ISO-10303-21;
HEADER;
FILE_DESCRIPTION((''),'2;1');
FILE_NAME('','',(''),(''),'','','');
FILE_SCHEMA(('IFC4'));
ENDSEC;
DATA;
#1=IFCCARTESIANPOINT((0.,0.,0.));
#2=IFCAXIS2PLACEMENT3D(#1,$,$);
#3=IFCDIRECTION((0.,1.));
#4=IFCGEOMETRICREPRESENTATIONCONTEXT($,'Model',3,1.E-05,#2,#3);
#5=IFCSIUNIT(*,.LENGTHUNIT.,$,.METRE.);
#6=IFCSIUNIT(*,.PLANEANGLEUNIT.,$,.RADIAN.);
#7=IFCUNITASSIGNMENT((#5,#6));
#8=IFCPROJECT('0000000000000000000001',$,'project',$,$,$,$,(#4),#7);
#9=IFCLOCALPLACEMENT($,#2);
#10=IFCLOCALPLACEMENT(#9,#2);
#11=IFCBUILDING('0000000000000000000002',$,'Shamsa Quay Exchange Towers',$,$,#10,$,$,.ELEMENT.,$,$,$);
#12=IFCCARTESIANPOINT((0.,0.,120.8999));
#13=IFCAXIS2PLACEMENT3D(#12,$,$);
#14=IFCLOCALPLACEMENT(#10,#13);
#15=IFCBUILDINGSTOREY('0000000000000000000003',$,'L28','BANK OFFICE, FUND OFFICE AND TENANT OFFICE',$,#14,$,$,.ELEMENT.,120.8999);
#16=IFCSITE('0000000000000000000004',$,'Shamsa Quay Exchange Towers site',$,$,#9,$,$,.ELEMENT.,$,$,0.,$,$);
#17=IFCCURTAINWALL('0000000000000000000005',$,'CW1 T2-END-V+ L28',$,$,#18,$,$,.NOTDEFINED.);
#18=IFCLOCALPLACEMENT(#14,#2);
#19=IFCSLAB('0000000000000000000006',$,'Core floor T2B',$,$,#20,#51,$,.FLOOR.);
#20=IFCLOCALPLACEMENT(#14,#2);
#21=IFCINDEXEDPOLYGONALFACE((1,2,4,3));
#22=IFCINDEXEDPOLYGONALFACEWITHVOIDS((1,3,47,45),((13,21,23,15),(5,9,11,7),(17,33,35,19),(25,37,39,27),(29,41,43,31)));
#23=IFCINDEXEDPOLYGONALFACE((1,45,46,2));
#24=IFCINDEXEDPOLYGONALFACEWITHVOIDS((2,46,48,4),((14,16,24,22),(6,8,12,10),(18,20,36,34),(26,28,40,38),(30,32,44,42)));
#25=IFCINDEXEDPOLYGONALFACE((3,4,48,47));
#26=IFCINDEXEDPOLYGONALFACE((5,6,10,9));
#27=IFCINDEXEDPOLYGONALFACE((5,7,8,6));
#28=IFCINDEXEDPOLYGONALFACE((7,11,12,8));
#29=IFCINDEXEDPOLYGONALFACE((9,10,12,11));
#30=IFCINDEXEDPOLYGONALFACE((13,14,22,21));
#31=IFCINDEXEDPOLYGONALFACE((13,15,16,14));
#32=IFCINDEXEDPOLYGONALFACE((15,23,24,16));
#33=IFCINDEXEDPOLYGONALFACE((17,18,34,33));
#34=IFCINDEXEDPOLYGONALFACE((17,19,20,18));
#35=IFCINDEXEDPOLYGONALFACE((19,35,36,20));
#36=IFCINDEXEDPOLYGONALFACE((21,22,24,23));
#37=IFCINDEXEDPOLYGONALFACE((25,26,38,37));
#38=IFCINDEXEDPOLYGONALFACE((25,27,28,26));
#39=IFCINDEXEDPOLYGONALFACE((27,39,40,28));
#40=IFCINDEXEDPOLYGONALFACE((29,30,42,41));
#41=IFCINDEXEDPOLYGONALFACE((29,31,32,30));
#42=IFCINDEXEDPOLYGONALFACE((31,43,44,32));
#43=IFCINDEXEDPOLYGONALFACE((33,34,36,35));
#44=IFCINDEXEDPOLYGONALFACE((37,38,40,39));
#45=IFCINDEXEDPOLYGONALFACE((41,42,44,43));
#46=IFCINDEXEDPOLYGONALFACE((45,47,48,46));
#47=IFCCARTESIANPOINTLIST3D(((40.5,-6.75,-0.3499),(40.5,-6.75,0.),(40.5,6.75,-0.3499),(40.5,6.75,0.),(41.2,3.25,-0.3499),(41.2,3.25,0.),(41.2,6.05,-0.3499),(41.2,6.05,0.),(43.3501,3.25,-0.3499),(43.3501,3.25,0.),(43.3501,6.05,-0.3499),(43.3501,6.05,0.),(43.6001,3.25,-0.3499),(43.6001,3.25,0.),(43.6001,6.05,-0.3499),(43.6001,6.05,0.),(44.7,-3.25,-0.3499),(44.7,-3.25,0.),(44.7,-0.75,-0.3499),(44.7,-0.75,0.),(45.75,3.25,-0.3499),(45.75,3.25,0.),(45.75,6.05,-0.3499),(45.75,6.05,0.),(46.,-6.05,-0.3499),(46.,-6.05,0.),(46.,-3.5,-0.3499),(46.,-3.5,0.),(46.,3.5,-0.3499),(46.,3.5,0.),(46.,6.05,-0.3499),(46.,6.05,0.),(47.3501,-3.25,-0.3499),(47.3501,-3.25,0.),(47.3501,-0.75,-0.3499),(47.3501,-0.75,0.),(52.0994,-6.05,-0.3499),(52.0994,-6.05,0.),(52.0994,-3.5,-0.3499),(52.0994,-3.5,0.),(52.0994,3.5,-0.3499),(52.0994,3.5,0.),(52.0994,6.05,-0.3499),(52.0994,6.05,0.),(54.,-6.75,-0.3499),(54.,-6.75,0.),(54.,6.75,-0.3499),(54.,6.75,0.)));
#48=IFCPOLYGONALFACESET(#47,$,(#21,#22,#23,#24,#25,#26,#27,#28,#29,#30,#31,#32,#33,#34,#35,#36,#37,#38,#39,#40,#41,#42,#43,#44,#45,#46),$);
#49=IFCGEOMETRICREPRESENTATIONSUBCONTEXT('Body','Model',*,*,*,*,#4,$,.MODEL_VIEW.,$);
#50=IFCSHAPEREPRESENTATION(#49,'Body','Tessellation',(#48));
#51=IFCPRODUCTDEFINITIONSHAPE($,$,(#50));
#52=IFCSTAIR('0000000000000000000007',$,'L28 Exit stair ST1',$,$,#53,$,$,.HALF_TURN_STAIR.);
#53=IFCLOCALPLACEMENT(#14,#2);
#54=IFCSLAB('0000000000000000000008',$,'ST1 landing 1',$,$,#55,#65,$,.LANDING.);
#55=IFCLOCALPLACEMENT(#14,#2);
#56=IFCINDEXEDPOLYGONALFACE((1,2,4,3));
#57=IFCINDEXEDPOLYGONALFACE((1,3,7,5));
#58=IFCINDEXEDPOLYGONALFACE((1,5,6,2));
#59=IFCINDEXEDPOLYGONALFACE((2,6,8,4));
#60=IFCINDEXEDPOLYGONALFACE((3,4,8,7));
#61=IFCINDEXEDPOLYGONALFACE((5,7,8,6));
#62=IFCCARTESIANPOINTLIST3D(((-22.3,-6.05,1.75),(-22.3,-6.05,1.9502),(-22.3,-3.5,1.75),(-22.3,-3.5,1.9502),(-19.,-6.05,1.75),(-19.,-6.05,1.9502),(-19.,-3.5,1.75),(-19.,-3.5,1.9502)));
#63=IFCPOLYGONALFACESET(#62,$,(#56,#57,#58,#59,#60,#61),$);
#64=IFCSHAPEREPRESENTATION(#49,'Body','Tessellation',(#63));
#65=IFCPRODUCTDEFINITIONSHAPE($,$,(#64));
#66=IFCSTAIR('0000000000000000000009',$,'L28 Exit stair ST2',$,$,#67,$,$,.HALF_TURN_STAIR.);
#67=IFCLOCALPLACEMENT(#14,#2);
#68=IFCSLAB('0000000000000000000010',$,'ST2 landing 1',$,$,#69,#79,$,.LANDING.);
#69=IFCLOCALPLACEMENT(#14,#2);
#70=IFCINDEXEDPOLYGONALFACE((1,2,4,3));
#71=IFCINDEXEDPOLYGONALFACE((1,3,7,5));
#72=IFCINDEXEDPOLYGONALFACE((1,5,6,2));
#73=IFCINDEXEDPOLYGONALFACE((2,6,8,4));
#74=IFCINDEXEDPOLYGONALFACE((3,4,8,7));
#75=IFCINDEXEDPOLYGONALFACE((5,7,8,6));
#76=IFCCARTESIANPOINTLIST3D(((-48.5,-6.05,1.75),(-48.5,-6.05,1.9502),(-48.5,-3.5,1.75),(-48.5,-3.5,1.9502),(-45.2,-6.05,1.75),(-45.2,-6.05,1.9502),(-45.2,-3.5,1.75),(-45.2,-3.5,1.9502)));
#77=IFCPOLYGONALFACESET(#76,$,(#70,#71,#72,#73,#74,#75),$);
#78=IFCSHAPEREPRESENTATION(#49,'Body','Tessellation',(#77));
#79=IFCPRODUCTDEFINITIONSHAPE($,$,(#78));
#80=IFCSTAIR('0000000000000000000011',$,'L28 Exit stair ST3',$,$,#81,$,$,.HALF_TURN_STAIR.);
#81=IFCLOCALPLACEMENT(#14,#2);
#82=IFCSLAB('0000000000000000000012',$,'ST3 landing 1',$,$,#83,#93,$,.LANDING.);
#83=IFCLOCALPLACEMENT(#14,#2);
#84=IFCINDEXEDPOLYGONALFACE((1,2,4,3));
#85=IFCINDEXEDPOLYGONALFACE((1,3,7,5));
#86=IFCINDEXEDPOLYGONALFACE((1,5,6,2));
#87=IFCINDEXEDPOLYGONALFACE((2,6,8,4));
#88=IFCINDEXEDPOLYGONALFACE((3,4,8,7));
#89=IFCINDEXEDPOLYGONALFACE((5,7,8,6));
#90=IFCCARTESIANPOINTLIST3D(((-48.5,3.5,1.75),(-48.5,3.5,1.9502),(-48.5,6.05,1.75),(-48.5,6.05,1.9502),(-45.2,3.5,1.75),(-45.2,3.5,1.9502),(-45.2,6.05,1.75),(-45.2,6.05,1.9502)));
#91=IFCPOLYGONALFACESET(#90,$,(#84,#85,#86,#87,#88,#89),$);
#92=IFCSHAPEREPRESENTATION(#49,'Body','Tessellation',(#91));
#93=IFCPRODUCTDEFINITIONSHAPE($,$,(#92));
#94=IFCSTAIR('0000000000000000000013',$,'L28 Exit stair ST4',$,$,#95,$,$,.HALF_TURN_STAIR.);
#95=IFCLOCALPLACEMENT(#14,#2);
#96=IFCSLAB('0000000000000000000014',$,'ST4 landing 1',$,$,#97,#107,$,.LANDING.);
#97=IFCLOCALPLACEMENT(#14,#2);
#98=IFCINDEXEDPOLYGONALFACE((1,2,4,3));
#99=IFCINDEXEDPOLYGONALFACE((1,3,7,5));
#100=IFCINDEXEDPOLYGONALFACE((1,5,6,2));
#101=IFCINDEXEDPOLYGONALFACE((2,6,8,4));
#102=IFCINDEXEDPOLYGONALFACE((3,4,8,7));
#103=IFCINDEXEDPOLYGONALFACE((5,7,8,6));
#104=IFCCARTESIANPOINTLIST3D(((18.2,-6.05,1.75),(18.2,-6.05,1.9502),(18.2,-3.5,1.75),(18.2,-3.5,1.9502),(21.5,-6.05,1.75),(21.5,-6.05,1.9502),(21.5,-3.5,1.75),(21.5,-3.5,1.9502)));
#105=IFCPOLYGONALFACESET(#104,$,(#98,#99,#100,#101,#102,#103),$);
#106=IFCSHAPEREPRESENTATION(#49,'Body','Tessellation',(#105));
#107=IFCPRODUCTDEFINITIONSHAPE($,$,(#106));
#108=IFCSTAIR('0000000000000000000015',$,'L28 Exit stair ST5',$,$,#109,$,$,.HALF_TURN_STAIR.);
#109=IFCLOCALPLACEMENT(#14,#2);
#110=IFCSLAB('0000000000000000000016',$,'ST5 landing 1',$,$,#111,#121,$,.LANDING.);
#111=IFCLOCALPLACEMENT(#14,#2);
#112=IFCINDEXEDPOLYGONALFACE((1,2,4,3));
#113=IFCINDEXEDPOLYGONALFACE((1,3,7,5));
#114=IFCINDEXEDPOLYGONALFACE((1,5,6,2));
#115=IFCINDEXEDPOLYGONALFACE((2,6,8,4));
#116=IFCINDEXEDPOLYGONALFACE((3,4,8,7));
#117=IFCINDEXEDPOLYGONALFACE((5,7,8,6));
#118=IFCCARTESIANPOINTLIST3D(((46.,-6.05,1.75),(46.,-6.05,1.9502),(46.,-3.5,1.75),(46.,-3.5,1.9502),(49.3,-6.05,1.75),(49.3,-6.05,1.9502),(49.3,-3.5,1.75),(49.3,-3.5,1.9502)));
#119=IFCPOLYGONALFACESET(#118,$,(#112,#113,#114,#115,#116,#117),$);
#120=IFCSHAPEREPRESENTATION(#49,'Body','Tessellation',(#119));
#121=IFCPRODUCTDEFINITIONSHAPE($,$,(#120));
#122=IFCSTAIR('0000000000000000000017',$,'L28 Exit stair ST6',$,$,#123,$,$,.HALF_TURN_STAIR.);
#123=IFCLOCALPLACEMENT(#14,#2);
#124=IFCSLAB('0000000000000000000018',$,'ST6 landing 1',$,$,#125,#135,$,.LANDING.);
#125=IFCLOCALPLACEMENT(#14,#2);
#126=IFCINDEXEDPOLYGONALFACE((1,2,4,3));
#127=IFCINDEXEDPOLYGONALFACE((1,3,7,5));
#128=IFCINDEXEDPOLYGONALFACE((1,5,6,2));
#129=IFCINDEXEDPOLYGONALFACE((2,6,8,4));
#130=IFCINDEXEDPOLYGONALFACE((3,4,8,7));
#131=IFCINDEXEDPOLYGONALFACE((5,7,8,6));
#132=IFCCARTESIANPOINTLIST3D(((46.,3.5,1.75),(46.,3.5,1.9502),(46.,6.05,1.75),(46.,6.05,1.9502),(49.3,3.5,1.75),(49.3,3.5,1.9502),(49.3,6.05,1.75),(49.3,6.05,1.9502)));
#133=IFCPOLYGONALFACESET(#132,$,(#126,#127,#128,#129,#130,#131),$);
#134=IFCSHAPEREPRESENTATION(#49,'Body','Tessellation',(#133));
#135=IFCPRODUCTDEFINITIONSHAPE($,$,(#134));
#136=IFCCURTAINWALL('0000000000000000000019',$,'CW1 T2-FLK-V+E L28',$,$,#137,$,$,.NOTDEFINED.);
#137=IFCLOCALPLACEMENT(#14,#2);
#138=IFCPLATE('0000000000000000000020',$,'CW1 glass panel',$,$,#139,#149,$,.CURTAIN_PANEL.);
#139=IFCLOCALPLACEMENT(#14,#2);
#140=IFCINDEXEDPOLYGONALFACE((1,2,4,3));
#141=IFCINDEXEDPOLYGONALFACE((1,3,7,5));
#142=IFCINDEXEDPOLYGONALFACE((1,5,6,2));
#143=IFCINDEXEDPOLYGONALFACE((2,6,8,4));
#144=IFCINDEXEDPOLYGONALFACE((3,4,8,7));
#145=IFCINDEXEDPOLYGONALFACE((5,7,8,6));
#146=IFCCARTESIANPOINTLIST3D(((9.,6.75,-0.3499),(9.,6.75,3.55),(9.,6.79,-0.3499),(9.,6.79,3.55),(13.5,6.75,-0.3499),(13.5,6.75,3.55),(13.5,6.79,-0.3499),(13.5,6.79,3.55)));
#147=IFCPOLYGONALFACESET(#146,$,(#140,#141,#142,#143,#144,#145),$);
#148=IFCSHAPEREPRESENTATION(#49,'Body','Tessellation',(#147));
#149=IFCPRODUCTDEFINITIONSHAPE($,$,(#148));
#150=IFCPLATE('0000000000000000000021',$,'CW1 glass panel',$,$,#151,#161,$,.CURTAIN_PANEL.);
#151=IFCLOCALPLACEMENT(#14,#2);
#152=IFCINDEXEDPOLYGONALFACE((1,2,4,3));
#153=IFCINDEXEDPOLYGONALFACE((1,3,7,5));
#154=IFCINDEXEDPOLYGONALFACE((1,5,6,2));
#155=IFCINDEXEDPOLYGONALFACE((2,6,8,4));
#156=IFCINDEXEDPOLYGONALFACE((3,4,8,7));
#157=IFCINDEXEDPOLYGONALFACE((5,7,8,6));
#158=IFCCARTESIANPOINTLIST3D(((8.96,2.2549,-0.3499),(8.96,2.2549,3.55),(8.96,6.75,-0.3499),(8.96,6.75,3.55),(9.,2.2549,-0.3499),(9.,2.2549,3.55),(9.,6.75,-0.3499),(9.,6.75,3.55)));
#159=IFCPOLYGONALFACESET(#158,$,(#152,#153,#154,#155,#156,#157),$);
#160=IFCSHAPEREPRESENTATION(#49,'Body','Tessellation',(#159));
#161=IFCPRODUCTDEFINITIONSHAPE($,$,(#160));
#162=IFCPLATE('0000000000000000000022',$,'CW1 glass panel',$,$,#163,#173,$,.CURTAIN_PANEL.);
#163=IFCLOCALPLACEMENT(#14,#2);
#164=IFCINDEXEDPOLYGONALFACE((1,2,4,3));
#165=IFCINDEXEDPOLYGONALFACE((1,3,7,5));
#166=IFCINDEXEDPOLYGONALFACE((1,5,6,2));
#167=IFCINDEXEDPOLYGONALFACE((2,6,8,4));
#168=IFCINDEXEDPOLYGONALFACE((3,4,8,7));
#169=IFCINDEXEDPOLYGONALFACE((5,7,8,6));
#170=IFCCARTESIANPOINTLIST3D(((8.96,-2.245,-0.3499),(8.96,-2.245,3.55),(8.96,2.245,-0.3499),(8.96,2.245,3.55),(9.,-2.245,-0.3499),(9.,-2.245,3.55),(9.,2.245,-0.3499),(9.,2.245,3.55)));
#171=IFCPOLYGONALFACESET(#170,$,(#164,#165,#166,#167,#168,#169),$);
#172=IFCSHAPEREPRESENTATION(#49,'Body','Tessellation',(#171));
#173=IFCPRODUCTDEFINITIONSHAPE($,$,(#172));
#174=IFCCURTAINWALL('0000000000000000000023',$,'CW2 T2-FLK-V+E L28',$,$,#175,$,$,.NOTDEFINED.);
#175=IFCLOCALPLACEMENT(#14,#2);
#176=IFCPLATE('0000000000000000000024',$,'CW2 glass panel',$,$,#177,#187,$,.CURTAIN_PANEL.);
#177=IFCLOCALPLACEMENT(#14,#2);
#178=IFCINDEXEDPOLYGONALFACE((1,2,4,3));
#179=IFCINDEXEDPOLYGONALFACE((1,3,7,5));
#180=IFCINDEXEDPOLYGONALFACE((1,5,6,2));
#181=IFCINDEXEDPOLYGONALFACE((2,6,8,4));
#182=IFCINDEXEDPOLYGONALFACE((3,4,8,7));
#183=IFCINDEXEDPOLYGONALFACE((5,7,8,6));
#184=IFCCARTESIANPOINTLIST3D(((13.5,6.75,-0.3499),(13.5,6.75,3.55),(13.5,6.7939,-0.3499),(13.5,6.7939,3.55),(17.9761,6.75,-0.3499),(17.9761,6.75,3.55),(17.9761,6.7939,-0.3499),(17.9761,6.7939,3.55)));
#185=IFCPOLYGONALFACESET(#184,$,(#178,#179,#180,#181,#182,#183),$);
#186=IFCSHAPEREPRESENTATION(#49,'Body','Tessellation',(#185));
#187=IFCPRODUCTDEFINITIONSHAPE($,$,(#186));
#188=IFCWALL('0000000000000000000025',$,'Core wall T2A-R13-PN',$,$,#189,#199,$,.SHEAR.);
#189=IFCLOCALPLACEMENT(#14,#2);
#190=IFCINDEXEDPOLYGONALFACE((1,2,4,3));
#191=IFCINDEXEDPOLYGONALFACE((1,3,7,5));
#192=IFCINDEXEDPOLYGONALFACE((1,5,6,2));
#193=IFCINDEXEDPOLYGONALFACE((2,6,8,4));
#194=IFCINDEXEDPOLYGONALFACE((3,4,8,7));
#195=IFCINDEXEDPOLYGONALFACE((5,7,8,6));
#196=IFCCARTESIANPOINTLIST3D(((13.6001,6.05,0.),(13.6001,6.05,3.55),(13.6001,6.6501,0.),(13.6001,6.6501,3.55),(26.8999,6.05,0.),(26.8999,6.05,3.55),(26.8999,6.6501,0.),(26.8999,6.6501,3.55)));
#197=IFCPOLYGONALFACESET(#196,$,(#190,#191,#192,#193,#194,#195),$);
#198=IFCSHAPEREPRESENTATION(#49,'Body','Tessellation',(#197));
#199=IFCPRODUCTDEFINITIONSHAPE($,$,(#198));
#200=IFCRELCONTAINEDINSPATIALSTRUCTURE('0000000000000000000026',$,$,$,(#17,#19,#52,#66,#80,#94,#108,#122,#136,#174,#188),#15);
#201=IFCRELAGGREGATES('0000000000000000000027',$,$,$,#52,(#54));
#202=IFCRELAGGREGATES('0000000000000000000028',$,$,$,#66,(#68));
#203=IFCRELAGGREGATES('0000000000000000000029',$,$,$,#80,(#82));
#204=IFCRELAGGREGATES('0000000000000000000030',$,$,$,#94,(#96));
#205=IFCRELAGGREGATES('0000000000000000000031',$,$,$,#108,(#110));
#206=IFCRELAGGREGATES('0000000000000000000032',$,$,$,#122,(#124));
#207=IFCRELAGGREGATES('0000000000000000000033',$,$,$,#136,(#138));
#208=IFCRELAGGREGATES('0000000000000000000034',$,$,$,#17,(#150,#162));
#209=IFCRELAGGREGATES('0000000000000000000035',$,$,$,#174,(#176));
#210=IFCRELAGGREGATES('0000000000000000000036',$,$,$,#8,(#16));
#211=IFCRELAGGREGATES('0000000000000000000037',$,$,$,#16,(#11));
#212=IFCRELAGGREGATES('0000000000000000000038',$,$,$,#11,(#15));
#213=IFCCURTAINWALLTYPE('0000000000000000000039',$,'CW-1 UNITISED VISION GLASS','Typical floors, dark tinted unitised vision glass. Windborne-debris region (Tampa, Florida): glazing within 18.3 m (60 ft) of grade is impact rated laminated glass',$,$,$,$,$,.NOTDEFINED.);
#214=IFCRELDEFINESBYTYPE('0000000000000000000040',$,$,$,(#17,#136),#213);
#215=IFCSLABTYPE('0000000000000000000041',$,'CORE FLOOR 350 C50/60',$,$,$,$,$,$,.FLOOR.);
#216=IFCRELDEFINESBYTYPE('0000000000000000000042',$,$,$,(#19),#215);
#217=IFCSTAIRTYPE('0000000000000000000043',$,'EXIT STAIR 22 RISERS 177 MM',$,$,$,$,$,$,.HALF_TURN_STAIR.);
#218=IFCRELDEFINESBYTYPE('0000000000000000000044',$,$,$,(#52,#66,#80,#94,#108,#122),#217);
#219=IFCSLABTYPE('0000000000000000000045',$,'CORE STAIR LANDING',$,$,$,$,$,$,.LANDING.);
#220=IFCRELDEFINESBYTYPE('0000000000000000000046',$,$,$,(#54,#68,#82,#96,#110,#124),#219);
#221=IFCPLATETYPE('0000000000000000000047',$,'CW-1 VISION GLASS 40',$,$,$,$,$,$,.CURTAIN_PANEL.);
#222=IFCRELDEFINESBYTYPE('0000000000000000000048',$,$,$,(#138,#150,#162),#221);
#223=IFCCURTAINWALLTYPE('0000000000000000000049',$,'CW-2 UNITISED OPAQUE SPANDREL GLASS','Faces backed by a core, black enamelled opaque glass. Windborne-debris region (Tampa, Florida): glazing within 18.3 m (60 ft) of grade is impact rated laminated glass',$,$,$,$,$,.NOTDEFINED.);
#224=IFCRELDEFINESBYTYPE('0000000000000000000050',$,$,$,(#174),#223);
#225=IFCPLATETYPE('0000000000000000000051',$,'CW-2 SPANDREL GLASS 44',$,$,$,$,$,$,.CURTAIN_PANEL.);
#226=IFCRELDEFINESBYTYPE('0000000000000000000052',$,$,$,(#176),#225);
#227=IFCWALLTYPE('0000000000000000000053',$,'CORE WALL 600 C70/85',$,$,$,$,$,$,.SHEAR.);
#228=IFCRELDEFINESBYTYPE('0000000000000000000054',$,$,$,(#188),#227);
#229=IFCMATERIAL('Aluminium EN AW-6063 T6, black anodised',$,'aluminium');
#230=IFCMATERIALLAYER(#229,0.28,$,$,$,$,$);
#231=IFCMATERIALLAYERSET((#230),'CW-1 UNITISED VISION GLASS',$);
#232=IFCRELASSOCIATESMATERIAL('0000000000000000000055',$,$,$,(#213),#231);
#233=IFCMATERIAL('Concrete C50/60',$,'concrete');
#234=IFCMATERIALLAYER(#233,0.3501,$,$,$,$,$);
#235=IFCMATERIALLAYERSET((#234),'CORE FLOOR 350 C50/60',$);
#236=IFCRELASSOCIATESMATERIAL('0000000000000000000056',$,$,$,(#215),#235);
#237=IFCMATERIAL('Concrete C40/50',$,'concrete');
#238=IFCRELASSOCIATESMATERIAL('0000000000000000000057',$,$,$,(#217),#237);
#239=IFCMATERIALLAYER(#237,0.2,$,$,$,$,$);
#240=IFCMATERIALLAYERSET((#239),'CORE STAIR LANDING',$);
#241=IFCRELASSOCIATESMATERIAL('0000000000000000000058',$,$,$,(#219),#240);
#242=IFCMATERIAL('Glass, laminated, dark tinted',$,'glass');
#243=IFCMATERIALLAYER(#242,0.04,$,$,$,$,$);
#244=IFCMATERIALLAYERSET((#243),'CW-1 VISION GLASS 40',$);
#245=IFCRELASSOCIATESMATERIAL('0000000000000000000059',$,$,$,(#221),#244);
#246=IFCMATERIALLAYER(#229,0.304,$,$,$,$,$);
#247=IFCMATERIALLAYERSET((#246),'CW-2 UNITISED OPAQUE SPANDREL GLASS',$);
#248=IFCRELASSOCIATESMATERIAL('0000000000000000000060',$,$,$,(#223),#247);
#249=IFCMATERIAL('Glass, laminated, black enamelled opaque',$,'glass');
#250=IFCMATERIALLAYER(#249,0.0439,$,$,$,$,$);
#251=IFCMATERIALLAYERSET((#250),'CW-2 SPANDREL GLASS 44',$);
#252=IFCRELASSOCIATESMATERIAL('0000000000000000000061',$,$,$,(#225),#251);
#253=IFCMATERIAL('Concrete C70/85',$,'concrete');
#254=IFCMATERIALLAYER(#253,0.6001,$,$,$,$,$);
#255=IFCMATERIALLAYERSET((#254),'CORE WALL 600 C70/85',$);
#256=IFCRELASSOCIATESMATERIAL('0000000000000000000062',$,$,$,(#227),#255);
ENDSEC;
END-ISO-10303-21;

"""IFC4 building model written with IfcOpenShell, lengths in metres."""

from ifc_helpers import new_model, si_unit, direction, frame, frame_2d, origin, origin_2d, place, context, subcontext, project, spatial, polyline, rectangle, outline, extrude, material, layer, layer_set, type_object, element, aggregate, save


model = new_model("IFC4")

# Units and contexts
model_context = context("Model", 3, precision=1e-05, world=origin(), true_north=direction((0.0, 1.0)))
body_context = subcontext(model_context, "Body", "Model", "MODEL_VIEW")
ifc_project = project(units=[si_unit("LENGTHUNIT", "METRE"), si_unit("PLANEANGLEUNIT", "RADIAN")], contexts=[model_context])

# Site, building, storey
site_placement = place(None, origin())
site = spatial("IfcSite", under=ifc_project, at=site_placement, Name="Shamsa Quay Exchange Towers site", CompositionType="ELEMENT", RefElevation=0.0)
building_placement = place(site_placement, origin())
building = spatial("IfcBuilding", under=site, at=building_placement, Name="Shamsa Quay Exchange Towers", CompositionType="ELEMENT")
storey_placement = place(building_placement, frame((0.0, 0.0, 120.8999)))
storey = spatial("IfcBuildingStorey", under=building, at=storey_placement, Name="L28", Description="BANK OFFICE, FUND OFFICE AND TENANT OFFICE", CompositionType="ELEMENT", Elevation=120.8999)

# Curtain wall
ifc_material_1 = material(Name="Aluminium EN AW-6063 T6, black anodised", Category="aluminium")
ifc_layer_1 = layer(ifc_material_1, 0.28)
ifc_layer_set_1 = layer_set([ifc_layer_1], Name="CW-1 UNITISED VISION GLASS")
curtain_wall_type_1 = type_object("IfcCurtainWallType", Name="CW-1 UNITISED VISION GLASS", Description="Typical floors, dark tinted unitised vision glass. Windborne-debris region (Tampa, Florida): glazing within 18.3 m (60 ft) of grade is impact rated laminated glass", PredefinedType="NOTDEFINED", material=ifc_layer_set_1)
curtain_wall_1_placement = place(storey_placement, origin())
curtain_wall_1 = element("IfcCurtainWall", 1, at=curtain_wall_1_placement, inside=storey, type_object=curtain_wall_type_1, Name="CW1 T2-END-V+ L28", PredefinedType="NOTDEFINED")

# Slab
ifc_material_2 = material(Name="Concrete C50/60", Category="concrete")
ifc_layer_2 = layer(ifc_material_2, 0.3501)
ifc_layer_set_2 = layer_set([ifc_layer_2], Name="CORE FLOOR 350 C50/60")
slab_type_1 = type_object("IfcSlabType", Name="CORE FLOOR 350 C50/60", PredefinedType="FLOOR", material=ifc_layer_set_2)
slab_1_placement = place(storey_placement, frame((0.0, 0.0, -0.3499)))
element("IfcSlab", 2, at=slab_1_placement, inside=storey, type_object=slab_type_1, Name="Core floor T2B", PredefinedType="FLOOR", context=body_context, shape_type="SweptSolid", body=[
    extrude(outline(polyline([(54.0, -6.75), (54.0, 6.75), (40.5, 6.75), (40.5, -6.75), (54.0, -6.75)]), holes=[polyline([(52.0994, -3.5), (52.0994, -6.05), (46.0, -6.05), (46.0, -3.5), (52.0994, -3.5)]), polyline([(52.0994, 6.05), (52.0994, 3.5), (46.0, 3.5), (46.0, 6.05), (52.0994, 6.05)]), polyline([(45.75, 3.25), (43.6001, 3.25), (43.6001, 6.05), (45.75, 6.05), (45.75, 3.25)]), polyline([(43.3501, 3.25), (41.2, 3.25), (41.2, 6.05), (43.3501, 6.05), (43.3501, 3.25)]), polyline([(47.3501, -3.25), (44.7, -3.25), (44.7, -0.75), (47.3501, -0.75), (47.3501, -3.25)])]), origin(), (0.0, 0.0, 1.0), 0.3499),
])

# Stairs, slabs
ifc_material_3 = material(Name="Concrete C40/50", Category="concrete")
stair_type = type_object("IfcStairType", Name="EXIT STAIR 22 RISERS 177 MM", PredefinedType="HALF_TURN_STAIR", material=ifc_material_3)
stair_1_placement = place(storey_placement, origin())
stair_1 = element("IfcStair", 3, at=stair_1_placement, inside=storey, type_object=stair_type, Name="L28 Exit stair ST1", PredefinedType="HALF_TURN_STAIR")
ifc_layer_3 = layer(ifc_material_3, 0.2)
ifc_layer_set_3 = layer_set([ifc_layer_3], Name="CORE STAIR LANDING")
slab_type_2 = type_object("IfcSlabType", Name="CORE STAIR LANDING", PredefinedType="LANDING", material=ifc_layer_set_3)
slab_2_placement = place(storey_placement, frame((0.0, 0.0, 1.75)))
slab_2 = element("IfcSlab", 4, at=slab_2_placement, type_object=slab_type_2, Name="ST1 landing 1", PredefinedType="LANDING", context=body_context, shape_type="SweptSolid", body=[
    extrude(outline(polyline([(-22.3, -6.05), (-19.0, -6.05), (-19.0, -3.5), (-22.3, -3.5), (-22.3, -6.05)])), origin(), (0.0, 0.0, 1.0), 0.2002),
])
aggregate(stair_1, [slab_2])
stair_2_placement = place(storey_placement, origin())
stair_2 = element("IfcStair", 5, at=stair_2_placement, inside=storey, type_object=stair_type, Name="L28 Exit stair ST2", PredefinedType="HALF_TURN_STAIR")
slab_3_placement = place(storey_placement, frame((0.0, 0.0, 1.75)))
slab_3 = element("IfcSlab", 6, at=slab_3_placement, type_object=slab_type_2, Name="ST2 landing 1", PredefinedType="LANDING", context=body_context, shape_type="SweptSolid", body=[
    extrude(outline(polyline([(-45.2, -3.5), (-48.5, -3.5), (-48.5, -6.05), (-45.2, -6.05), (-45.2, -3.5)])), origin(), (0.0, 0.0, 1.0), 0.2002),
])
aggregate(stair_2, [slab_3])
stair_3_placement = place(storey_placement, origin())
stair_3 = element("IfcStair", 7, at=stair_3_placement, inside=storey, type_object=stair_type, Name="L28 Exit stair ST3", PredefinedType="HALF_TURN_STAIR")
slab_4_placement = place(storey_placement, frame((0.0, 0.0, 1.75)))
slab_4 = element("IfcSlab", 8, at=slab_4_placement, type_object=slab_type_2, Name="ST3 landing 1", PredefinedType="LANDING", context=body_context, shape_type="SweptSolid", body=[
    extrude(outline(polyline([(-45.2, 6.05), (-48.5, 6.05), (-48.5, 3.5), (-45.2, 3.5), (-45.2, 6.05)])), origin(), (0.0, 0.0, 1.0), 0.2002),
])
aggregate(stair_3, [slab_4])
stair_4_placement = place(storey_placement, origin())
stair_4 = element("IfcStair", 9, at=stair_4_placement, inside=storey, type_object=stair_type, Name="L28 Exit stair ST4", PredefinedType="HALF_TURN_STAIR")
slab_5_placement = place(storey_placement, frame((0.0, 0.0, 1.75)))
slab_5 = element("IfcSlab", 10, at=slab_5_placement, type_object=slab_type_2, Name="ST4 landing 1", PredefinedType="LANDING", context=body_context, shape_type="SweptSolid", body=[
    extrude(outline(polyline([(18.2, -6.05), (21.5, -6.05), (21.5, -3.5), (18.2, -3.5), (18.2, -6.05)])), origin(), (0.0, 0.0, 1.0), 0.2002),
])
aggregate(stair_4, [slab_5])
stair_5_placement = place(storey_placement, origin())
stair_5 = element("IfcStair", 11, at=stair_5_placement, inside=storey, type_object=stair_type, Name="L28 Exit stair ST5", PredefinedType="HALF_TURN_STAIR")
slab_6_placement = place(storey_placement, frame((0.0, 0.0, 1.75)))
slab_6 = element("IfcSlab", 12, at=slab_6_placement, type_object=slab_type_2, Name="ST5 landing 1", PredefinedType="LANDING", context=body_context, shape_type="SweptSolid", body=[
    extrude(outline(polyline([(49.3, -3.5), (46.0, -3.5), (46.0, -6.05), (49.3, -6.05), (49.3, -3.5)])), origin(), (0.0, 0.0, 1.0), 0.2002),
])
aggregate(stair_5, [slab_6])
stair_6_placement = place(storey_placement, origin())
stair_6 = element("IfcStair", 13, at=stair_6_placement, inside=storey, type_object=stair_type, Name="L28 Exit stair ST6", PredefinedType="HALF_TURN_STAIR")
slab_7_placement = place(storey_placement, frame((0.0, 0.0, 1.75)))
slab_7 = element("IfcSlab", 14, at=slab_7_placement, type_object=slab_type_2, Name="ST6 landing 1", PredefinedType="LANDING", context=body_context, shape_type="SweptSolid", body=[
    extrude(outline(polyline([(49.3, 6.05), (46.0, 6.05), (46.0, 3.5), (49.3, 3.5), (49.3, 6.05)])), origin(), (0.0, 0.0, 1.0), 0.2002),
])
aggregate(stair_6, [slab_7])

# Curtain wall, plate
curtain_wall_2_placement = place(storey_placement, origin())
curtain_wall_2 = element("IfcCurtainWall", 15, at=curtain_wall_2_placement, inside=storey, type_object=curtain_wall_type_1, Name="CW1 T2-FLK-V+E L28", PredefinedType="NOTDEFINED")
ifc_material_4 = material(Name="Glass, laminated, dark tinted", Category="glass")
ifc_layer_4 = layer(ifc_material_4, 0.04)
ifc_layer_set_4 = layer_set([ifc_layer_4], Name="CW-1 VISION GLASS 40")
plate_type_1 = type_object("IfcPlateType", Name="CW-1 VISION GLASS 40", PredefinedType="CURTAIN_PANEL", material=ifc_layer_set_4)
plate_1_placement = place(storey_placement, frame((11.25, 6.77, -0.3499), z_axis=(0.0, 0.0, 1.0), x_axis=(-1.0, 0.0, 0.0)))
plate_1 = element("IfcPlate", 16, at=plate_1_placement, type_object=plate_type_1, Name="CW1 glass panel", PredefinedType="CURTAIN_PANEL", context=body_context, shape_type="SweptSolid", body=[
    extrude(rectangle(XDim=4.5, YDim=0.04, at=origin_2d()), origin(), (0.0, 0.0, 1.0), 3.8999),
])
aggregate(curtain_wall_2, [plate_1])

# Plates
plate_2_placement = place(storey_placement, frame((8.98, 4.5024, -0.3499), z_axis=(0.0, 0.0, 1.0), x_axis=(0.0, -1.0, 0.0)))
plate_2 = element("IfcPlate", 17, at=plate_2_placement, type_object=plate_type_1, Name="CW1 glass panel", PredefinedType="CURTAIN_PANEL", context=body_context, shape_type="SweptSolid", body=[
    extrude(rectangle(XDim=4.4951, YDim=0.04, at=origin_2d()), origin(), (0.0, 0.0, 1.0), 3.8999),
])
plate_3_placement = place(storey_placement, frame((8.98, 0.0, -0.3499), z_axis=(0.0, 0.0, 1.0), x_axis=(0.0, -1.0, 0.0)))
plate_3 = element("IfcPlate", 18, at=plate_3_placement, type_object=plate_type_1, Name="CW1 glass panel", PredefinedType="CURTAIN_PANEL", context=body_context, shape_type="SweptSolid", body=[
    extrude(rectangle(XDim=4.49, YDim=0.04, at=origin_2d()), origin(), (0.0, 0.0, 1.0), 3.8999),
])
aggregate(curtain_wall_1, [plate_2, plate_3])

# Curtain wall, plate
ifc_layer_5 = layer(ifc_material_1, 0.304)
ifc_layer_set_5 = layer_set([ifc_layer_5], Name="CW-2 UNITISED OPAQUE SPANDREL GLASS")
curtain_wall_type_2 = type_object("IfcCurtainWallType", Name="CW-2 UNITISED OPAQUE SPANDREL GLASS", Description="Faces backed by a core, black enamelled opaque glass. Windborne-debris region (Tampa, Florida): glazing within 18.3 m (60 ft) of grade is impact rated laminated glass", PredefinedType="NOTDEFINED", material=ifc_layer_set_5)
curtain_wall_3_placement = place(storey_placement, origin())
curtain_wall_3 = element("IfcCurtainWall", 19, at=curtain_wall_3_placement, inside=storey, type_object=curtain_wall_type_2, Name="CW2 T2-FLK-V+E L28", PredefinedType="NOTDEFINED")
ifc_material_5 = material(Name="Glass, laminated, black enamelled opaque", Category="glass")
ifc_layer_6 = layer(ifc_material_5, 0.0439)
ifc_layer_set_6 = layer_set([ifc_layer_6], Name="CW-2 SPANDREL GLASS 44")
plate_type_2 = type_object("IfcPlateType", Name="CW-2 SPANDREL GLASS 44", PredefinedType="CURTAIN_PANEL", material=ifc_layer_set_6)
plate_4_placement = place(storey_placement, frame((15.738, 6.772, -0.3499), z_axis=(0.0, 0.0, 1.0), x_axis=(-1.0, 0.0, 0.0)))
plate_4 = element("IfcPlate", 20, at=plate_4_placement, type_object=plate_type_2, Name="CW2 glass panel", PredefinedType="CURTAIN_PANEL", context=body_context, shape_type="SweptSolid", body=[
    extrude(rectangle(XDim=4.4761, YDim=0.0439, at=origin_2d()), origin(), (0.0, 0.0, 1.0), 3.8999),
])
aggregate(curtain_wall_3, [plate_4])

# Wall
ifc_material_6 = material(Name="Concrete C70/85", Category="concrete")
ifc_layer_7 = layer(ifc_material_6, 0.6001)
ifc_layer_set_7 = layer_set([ifc_layer_7], Name="CORE WALL 600 C70/85")
wall_type_1 = type_object("IfcWallType", Name="CORE WALL 600 C70/85", PredefinedType="SHEAR", material=ifc_layer_set_7)
wall_1_placement = place(storey_placement, frame((13.6001, 6.3501, 0.0)))
element("IfcWall", 21, at=wall_1_placement, inside=storey, type_object=wall_type_1, Name="Core wall T2A-R13-PN", PredefinedType="SHEAR", context=body_context, shape_type="SweptSolid", body=[
    extrude(rectangle(XDim=13.2998, YDim=0.6001, at=frame_2d((6.6499, 0.0))), origin(), (0.0, 0.0, 1.0), 3.55),
])

save(model, "model.ifc")
